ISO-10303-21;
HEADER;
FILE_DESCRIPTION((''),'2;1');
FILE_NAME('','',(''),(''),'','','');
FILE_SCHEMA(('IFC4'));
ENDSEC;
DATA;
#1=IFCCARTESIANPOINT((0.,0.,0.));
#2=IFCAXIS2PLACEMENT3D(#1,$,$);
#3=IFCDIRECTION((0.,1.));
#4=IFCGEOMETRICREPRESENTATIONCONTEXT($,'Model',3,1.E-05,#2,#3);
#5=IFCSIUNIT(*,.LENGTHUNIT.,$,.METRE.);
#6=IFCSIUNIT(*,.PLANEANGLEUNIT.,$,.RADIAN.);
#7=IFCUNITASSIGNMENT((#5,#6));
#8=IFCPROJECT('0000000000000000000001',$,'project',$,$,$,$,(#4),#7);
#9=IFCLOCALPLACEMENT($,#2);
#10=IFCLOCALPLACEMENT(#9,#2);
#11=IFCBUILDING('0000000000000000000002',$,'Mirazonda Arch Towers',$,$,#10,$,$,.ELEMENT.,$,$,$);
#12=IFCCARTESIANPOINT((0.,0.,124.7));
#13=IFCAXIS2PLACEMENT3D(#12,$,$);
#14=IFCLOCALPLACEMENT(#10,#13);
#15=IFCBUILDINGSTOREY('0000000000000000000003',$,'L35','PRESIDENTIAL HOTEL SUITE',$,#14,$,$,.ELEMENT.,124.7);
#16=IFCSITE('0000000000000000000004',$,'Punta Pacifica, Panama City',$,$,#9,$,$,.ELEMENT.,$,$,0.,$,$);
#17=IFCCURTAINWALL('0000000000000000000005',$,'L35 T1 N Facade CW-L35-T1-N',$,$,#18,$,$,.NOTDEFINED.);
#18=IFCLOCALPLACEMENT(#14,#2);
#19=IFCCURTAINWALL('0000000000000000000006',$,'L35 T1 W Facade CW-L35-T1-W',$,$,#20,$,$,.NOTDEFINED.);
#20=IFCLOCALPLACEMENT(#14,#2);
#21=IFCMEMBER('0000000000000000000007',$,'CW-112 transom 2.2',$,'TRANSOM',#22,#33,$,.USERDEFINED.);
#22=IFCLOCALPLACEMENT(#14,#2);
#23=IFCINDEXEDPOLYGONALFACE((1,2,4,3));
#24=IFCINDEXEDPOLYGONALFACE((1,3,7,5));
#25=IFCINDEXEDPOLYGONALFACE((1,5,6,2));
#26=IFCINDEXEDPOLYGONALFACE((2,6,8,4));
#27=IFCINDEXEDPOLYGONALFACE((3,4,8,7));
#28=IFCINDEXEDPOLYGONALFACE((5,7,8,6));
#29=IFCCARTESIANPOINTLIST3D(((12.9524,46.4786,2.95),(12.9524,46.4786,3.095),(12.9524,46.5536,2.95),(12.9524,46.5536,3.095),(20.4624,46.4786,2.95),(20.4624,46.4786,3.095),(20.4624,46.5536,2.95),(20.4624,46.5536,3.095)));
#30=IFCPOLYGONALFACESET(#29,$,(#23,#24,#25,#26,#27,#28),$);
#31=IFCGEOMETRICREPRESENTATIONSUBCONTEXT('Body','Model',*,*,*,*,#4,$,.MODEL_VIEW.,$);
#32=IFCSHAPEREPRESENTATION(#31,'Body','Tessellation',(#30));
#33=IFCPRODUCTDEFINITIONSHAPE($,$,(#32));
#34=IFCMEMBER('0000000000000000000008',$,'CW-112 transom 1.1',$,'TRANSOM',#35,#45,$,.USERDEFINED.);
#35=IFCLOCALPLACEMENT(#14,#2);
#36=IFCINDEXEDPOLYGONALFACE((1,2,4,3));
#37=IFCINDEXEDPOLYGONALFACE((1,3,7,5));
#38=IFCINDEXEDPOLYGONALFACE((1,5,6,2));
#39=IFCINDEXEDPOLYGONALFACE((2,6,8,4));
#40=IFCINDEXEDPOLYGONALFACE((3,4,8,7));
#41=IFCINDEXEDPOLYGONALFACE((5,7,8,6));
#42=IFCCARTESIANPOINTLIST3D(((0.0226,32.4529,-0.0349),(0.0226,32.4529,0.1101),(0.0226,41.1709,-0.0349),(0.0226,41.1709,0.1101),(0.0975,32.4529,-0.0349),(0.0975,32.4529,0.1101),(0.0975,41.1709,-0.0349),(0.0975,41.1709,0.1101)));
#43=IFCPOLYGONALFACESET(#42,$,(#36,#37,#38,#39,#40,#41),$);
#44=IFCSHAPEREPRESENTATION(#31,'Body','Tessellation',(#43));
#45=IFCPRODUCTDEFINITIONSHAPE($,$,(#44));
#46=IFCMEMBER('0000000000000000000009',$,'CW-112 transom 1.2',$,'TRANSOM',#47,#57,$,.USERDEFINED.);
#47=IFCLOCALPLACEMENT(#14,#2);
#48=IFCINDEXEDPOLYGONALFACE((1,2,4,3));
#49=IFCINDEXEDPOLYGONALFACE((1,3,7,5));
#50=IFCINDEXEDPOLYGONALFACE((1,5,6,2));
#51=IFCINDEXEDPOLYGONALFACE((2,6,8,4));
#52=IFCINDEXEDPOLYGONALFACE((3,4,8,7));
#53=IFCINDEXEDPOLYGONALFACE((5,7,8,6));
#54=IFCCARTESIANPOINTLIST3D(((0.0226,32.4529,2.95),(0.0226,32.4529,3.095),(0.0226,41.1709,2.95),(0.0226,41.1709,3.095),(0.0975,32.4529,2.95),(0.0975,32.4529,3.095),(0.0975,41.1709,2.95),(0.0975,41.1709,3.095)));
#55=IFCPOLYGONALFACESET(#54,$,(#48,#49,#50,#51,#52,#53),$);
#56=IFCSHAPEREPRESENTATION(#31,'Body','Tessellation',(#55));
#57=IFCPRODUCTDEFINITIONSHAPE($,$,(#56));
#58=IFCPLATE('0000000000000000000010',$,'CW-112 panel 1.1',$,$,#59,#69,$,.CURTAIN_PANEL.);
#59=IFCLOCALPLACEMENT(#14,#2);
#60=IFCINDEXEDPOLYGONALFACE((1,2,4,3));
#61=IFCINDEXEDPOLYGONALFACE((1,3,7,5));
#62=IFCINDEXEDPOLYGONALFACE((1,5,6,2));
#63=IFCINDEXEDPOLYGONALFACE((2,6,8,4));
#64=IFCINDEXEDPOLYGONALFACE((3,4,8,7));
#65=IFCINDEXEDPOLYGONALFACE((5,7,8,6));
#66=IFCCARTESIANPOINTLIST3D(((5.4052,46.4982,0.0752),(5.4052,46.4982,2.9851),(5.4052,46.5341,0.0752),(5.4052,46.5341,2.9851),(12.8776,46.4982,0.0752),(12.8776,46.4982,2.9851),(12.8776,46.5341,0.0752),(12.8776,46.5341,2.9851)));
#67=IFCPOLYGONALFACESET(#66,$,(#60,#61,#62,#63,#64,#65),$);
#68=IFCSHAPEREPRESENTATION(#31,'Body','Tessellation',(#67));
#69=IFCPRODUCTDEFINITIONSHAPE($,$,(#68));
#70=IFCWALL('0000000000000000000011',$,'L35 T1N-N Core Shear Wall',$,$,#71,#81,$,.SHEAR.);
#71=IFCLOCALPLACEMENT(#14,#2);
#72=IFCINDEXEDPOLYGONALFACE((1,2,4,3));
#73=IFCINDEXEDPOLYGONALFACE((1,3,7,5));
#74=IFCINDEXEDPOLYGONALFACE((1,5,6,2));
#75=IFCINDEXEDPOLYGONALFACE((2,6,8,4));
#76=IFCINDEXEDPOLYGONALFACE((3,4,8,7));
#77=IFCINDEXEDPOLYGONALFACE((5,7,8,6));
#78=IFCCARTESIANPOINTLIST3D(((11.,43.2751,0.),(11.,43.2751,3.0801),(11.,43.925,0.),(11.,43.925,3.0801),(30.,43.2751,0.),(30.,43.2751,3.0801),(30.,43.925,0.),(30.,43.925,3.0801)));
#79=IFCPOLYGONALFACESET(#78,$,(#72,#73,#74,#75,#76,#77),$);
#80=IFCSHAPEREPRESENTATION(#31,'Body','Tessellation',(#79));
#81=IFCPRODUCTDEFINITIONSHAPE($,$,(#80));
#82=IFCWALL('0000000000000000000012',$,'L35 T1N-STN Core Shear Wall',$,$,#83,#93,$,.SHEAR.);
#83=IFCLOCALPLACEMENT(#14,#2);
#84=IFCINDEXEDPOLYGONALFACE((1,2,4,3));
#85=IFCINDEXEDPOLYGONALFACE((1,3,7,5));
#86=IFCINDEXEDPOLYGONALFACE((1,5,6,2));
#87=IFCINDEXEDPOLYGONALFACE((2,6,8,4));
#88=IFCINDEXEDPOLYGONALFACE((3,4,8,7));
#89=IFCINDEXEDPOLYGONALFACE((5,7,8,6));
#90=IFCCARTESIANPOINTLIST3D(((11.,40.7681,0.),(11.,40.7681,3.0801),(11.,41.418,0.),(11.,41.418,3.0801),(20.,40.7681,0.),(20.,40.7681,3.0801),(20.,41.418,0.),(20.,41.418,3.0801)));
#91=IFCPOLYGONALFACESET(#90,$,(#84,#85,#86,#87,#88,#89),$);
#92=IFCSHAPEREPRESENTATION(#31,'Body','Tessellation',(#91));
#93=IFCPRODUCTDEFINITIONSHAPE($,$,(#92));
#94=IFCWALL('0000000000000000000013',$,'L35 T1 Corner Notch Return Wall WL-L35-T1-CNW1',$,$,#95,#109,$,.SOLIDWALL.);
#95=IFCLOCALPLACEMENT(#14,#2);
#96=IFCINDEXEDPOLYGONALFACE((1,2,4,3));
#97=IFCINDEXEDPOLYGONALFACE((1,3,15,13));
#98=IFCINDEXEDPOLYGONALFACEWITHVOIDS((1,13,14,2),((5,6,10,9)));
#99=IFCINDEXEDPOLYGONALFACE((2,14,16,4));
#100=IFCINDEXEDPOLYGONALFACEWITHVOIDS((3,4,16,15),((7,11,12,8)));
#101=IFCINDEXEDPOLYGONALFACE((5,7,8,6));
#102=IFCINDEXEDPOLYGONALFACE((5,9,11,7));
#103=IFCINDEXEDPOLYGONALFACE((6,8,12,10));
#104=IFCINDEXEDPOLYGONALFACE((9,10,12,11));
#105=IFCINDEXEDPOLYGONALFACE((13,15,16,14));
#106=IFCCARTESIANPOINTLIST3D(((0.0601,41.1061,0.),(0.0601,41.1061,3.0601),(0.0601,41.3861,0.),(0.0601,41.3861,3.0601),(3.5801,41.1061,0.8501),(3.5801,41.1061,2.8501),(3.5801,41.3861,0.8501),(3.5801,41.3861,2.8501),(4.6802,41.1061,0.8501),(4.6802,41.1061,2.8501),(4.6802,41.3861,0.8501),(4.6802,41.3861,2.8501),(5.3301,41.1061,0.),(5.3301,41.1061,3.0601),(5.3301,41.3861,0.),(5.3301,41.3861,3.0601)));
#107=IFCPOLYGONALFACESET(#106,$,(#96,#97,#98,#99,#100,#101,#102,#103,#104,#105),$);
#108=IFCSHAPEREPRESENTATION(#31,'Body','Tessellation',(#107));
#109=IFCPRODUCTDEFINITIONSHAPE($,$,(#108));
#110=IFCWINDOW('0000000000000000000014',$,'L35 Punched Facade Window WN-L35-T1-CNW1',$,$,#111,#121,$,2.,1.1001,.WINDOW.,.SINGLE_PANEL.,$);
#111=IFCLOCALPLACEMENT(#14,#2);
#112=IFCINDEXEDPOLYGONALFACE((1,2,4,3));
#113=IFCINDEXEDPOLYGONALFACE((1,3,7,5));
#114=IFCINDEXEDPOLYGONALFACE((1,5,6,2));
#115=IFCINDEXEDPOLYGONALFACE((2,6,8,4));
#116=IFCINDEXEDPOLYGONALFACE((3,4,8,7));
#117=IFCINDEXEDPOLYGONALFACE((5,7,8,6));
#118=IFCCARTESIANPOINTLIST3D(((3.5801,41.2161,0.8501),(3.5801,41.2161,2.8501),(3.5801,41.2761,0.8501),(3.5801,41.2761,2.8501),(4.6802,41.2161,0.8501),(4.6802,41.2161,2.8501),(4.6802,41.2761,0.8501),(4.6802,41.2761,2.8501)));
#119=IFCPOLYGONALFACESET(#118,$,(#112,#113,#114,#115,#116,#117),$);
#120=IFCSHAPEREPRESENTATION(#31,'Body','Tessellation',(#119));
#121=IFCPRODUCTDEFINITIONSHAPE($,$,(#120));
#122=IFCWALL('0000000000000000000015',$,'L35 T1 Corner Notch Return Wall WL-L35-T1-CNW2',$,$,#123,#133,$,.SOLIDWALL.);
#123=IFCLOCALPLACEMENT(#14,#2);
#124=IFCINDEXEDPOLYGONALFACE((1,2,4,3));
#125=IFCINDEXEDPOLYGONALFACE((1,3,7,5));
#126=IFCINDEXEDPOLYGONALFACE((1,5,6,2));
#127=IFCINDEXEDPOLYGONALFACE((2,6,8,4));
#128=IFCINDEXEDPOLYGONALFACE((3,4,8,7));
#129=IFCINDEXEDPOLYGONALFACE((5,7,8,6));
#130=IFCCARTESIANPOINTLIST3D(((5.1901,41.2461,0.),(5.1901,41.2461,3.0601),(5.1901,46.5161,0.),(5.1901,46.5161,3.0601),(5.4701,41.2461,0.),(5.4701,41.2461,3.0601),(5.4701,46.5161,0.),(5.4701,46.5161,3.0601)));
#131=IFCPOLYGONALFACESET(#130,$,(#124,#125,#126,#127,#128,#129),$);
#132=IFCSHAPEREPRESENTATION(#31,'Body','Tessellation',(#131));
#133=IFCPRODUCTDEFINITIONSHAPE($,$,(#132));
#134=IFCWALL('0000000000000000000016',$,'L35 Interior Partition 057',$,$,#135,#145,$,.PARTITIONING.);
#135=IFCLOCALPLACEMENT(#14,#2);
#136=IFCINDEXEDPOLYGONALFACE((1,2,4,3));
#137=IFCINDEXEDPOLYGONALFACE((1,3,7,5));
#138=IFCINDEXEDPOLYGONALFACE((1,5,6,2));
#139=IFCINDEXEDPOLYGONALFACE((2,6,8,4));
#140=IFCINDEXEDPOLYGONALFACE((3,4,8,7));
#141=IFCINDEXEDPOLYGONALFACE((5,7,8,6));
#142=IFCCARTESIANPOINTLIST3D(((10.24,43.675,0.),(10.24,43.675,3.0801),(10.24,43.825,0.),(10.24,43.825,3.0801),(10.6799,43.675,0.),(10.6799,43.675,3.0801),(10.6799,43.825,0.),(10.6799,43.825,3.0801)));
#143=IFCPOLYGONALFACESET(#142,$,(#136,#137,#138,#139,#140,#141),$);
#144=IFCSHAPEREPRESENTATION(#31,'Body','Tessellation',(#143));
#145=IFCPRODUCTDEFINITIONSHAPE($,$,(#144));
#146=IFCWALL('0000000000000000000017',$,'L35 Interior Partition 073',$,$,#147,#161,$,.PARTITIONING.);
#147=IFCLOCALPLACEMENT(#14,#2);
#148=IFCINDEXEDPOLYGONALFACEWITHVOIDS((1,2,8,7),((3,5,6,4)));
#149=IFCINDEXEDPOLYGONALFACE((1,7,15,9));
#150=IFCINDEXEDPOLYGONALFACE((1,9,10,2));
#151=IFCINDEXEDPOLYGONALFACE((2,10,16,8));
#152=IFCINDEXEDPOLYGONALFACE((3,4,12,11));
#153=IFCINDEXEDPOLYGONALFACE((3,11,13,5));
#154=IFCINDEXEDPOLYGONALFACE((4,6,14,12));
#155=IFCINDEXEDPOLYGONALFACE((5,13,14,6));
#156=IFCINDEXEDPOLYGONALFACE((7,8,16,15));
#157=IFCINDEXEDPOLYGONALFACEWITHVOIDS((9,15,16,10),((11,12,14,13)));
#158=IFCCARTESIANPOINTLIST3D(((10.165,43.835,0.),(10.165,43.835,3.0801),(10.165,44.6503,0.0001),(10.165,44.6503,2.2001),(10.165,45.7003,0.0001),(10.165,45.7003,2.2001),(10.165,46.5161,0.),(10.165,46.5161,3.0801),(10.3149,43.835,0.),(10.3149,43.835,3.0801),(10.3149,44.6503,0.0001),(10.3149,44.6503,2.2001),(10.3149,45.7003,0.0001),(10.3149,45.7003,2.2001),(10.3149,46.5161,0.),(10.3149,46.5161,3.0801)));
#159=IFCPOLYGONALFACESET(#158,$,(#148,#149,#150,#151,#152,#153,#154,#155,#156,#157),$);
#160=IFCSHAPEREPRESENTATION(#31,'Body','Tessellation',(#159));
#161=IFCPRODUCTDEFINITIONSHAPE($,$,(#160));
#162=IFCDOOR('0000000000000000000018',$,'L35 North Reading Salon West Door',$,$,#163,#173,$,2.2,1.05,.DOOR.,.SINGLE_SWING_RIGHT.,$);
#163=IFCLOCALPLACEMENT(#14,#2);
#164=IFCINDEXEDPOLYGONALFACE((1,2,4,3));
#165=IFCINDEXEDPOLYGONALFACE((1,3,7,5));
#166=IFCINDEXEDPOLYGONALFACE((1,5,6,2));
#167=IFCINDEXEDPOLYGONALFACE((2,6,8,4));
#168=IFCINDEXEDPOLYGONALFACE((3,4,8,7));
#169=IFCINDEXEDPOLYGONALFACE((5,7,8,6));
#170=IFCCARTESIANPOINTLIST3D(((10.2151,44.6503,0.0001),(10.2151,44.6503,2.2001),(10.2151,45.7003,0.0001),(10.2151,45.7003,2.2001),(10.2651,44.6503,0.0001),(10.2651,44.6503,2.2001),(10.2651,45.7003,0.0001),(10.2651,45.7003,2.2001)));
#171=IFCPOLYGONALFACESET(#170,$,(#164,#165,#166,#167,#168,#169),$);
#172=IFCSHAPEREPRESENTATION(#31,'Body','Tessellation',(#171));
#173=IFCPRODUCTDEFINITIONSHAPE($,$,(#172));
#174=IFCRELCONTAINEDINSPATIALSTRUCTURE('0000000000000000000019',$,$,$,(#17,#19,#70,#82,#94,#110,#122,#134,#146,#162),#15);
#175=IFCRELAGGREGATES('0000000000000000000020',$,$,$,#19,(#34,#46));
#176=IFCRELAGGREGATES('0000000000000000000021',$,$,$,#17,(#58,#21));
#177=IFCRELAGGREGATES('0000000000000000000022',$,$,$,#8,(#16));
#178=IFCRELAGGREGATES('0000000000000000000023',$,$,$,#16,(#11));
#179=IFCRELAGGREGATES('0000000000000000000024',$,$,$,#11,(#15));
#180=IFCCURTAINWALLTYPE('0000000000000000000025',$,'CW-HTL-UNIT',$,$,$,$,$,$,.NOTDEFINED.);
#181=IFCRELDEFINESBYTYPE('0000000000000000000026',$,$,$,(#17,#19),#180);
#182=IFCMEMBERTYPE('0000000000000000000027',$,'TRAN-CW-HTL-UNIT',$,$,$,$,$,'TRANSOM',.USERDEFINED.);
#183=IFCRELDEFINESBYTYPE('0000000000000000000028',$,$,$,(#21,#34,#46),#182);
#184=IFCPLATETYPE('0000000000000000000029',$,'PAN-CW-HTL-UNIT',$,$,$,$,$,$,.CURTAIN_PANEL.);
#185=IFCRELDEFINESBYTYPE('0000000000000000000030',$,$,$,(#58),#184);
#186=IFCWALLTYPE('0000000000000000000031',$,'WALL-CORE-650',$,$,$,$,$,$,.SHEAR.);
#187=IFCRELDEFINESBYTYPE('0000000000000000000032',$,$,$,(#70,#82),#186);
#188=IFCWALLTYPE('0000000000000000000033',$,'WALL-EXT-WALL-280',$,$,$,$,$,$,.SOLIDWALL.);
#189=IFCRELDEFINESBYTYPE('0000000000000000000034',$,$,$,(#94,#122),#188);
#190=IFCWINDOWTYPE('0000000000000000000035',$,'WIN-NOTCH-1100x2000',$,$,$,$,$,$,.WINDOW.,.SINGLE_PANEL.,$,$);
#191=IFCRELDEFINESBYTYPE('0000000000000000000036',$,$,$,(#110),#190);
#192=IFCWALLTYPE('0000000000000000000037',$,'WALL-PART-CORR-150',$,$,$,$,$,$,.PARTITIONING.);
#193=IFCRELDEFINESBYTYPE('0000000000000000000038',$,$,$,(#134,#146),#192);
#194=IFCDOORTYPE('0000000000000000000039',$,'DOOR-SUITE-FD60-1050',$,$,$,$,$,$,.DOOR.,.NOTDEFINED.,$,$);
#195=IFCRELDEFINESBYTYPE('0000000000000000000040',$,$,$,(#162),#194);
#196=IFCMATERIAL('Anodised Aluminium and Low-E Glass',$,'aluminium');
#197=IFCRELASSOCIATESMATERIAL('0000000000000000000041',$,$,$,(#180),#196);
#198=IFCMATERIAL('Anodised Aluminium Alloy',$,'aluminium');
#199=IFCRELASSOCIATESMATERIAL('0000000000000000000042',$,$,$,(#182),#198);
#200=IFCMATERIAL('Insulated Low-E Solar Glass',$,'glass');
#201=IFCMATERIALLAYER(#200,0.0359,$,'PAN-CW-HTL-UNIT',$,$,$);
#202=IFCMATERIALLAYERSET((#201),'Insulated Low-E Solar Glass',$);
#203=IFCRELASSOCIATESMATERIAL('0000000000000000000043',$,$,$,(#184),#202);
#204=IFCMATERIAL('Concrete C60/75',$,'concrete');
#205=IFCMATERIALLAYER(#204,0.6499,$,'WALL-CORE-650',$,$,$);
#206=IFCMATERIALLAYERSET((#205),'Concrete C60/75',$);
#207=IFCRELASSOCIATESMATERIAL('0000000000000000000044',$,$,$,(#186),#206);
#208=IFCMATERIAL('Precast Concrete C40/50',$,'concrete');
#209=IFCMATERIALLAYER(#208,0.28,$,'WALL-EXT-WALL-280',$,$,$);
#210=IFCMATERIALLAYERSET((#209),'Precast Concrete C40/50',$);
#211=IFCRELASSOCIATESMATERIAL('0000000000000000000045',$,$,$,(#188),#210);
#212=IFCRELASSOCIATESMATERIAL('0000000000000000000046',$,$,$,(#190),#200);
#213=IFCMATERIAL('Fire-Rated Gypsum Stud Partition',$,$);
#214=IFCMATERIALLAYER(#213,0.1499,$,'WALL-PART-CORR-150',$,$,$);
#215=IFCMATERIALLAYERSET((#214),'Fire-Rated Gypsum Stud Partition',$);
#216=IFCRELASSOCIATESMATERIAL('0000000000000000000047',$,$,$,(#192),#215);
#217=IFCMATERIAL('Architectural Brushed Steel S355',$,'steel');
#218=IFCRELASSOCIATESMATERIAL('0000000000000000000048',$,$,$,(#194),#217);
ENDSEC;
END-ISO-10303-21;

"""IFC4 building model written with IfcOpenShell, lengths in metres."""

from ifc_helpers import new_model, si_unit, direction, frame, frame_2d, origin, origin_2d, place, context, subcontext, project, spatial, rectangle, extrude, material, layer, layer_set, material_profile, profile_set, type_object, element, fill, aggregate, save


model = new_model("IFC4")

# Units and contexts
model_context = context("Model", 3, precision=1e-05, world=origin(), true_north=direction((0.0, 1.0)))
body_context = subcontext(model_context, "Body", "Model", "MODEL_VIEW")
ifc_project = project(units=[si_unit("LENGTHUNIT", "METRE"), si_unit("PLANEANGLEUNIT", "RADIAN")], contexts=[model_context])

# Site, building, storey
site_placement = place(None, origin())
site = spatial("IfcSite", under=ifc_project, at=site_placement, Name="Punta Pacifica, Panama City", CompositionType="ELEMENT", RefElevation=0.0)
building_placement = place(site_placement, origin())
building = spatial("IfcBuilding", under=site, at=building_placement, Name="Mirazonda Arch Towers", CompositionType="ELEMENT")
storey_placement = place(building_placement, frame((0.0, 0.0, 124.7)))
storey = spatial("IfcBuildingStorey", under=building, at=storey_placement, Name="L35", Description="PRESIDENTIAL HOTEL SUITE", CompositionType="ELEMENT", Elevation=124.7)

# Curtain wall
ifc_material_1 = material(Name="Anodised Aluminium and Low-E Glass", Category="aluminium")
curtain_wall_type = type_object("IfcCurtainWallType", Name="CW-HTL-UNIT", PredefinedType="NOTDEFINED", material=ifc_material_1)
curtain_wall_1_placement = place(storey_placement, origin())
curtain_wall_1 = element("IfcCurtainWall", 1, at=curtain_wall_1_placement, inside=storey, type_object=curtain_wall_type, Name="L35 T1 N Facade CW-L35-T1-N", PredefinedType="NOTDEFINED")
ifc_material_2 = material(Name="Anodised Aluminium Alloy", Category="aluminium")

# Curtain wall
curtain_wall_2_placement = place(storey_placement, origin())
curtain_wall_2 = element("IfcCurtainWall", 2, at=curtain_wall_2_placement, inside=storey, type_object=curtain_wall_type, Name="L35 T1 W Facade CW-L35-T1-W", PredefinedType="NOTDEFINED")

# Members
ifc_material_profile_1 = material_profile(ifc_material_2, rectangle(XDim=0.075, YDim=0.145, at=origin_2d()), Name="ALU-TRAN-75x145")
ifc_profile_set_1 = profile_set([ifc_material_profile_1], Name="Anodised Aluminium Alloy")
member_type_1 = type_object("IfcMemberType", Name="TRAN-CW-HTL-UNIT", ElementType="TRANSOM", PredefinedType="USERDEFINED", material=ifc_profile_set_1)
member_1_placement = place(storey_placement, frame((12.9524, 46.5161, 3.0225), z_axis=(1.0, 0.0, 0.0), x_axis=(0.0, 1.0, 0.0)))
member_1 = element("IfcMember", 3, at=member_1_placement, type_object=member_type_1, Name="CW-112 transom 2.2", ObjectType="TRANSOM", PredefinedType="USERDEFINED", context=body_context, shape_type="SweptSolid", body=[
    extrude(rectangle(XDim=0.075, YDim=0.145, at=origin_2d()), origin(), (0.0, 0.0, 1.0), 7.51),
])
member_2_placement = place(storey_placement, frame((0.0601, 41.1709, 0.0376), z_axis=(0.0, -1.0, 0.0), x_axis=(1.0, 0.0, 0.0)))
member_2 = element("IfcMember", 4, at=member_2_placement, type_object=member_type_1, Name="CW-112 transom 1.1", ObjectType="TRANSOM", PredefinedType="USERDEFINED", context=body_context, shape_type="SweptSolid", body=[
    extrude(rectangle(XDim=0.075, YDim=0.145, at=origin_2d()), origin(), (0.0, 0.0, 1.0), 8.718),
])
member_3_placement = place(storey_placement, frame((0.0601, 41.1709, 3.0225), z_axis=(0.0, -1.0, 0.0), x_axis=(1.0, 0.0, 0.0)))
member_3 = element("IfcMember", 5, at=member_3_placement, type_object=member_type_1, Name="CW-112 transom 1.2", ObjectType="TRANSOM", PredefinedType="USERDEFINED", context=body_context, shape_type="SweptSolid", body=[
    extrude(rectangle(XDim=0.075, YDim=0.145, at=origin_2d()), origin(), (0.0, 0.0, 1.0), 8.718),
])
aggregate(curtain_wall_2, [member_2, member_3])

# Plate
ifc_material_3 = material(Name="Insulated Low-E Solar Glass", Category="glass")
ifc_layer_1 = layer(ifc_material_3, 0.0359, Name="PAN-CW-HTL-UNIT")
ifc_layer_set_1 = layer_set([ifc_layer_1], Name="Insulated Low-E Solar Glass")
plate_type = type_object("IfcPlateType", Name="PAN-CW-HTL-UNIT", PredefinedType="CURTAIN_PANEL", material=ifc_layer_set_1)
plate_placement = place(storey_placement, frame((9.1414, 46.5161, 0.0752), z_axis=(0.0, 0.0, 1.0), x_axis=(1.0, 0.0, 0.0)))
plate = element("IfcPlate", 6, at=plate_placement, type_object=plate_type, Name="CW-112 panel 1.1", PredefinedType="CURTAIN_PANEL", context=body_context, shape_type="SweptSolid", body=[
    extrude(rectangle(XDim=7.4724, YDim=0.0359, at=origin_2d()), origin(), (0.0, 0.0, 1.0), 2.9099),
])
aggregate(curtain_wall_1, [plate, member_1])

# Walls
ifc_material_4 = material(Name="Concrete C60/75", Category="concrete")
ifc_layer_2 = layer(ifc_material_4, 0.6499, Name="WALL-CORE-650")
ifc_layer_set_2 = layer_set([ifc_layer_2], Name="Concrete C60/75")
wall_type_1 = type_object("IfcWallType", Name="WALL-CORE-650", PredefinedType="SHEAR", material=ifc_layer_set_2)
wall_1_placement = place(storey_placement, frame((11.0, 43.6001, 0.0), z_axis=(0.0, 0.0, 1.0), x_axis=(1.0, 0.0, 0.0)))
element("IfcWall", 7, at=wall_1_placement, inside=storey, type_object=wall_type_1, Name="L35 T1N-N Core Shear Wall", PredefinedType="SHEAR", context=body_context, shape_type="SweptSolid", body=[
    extrude(rectangle(XDim=19.0, YDim=0.6499, at=frame_2d((9.5, 0.0))), origin(), (0.0, 0.0, 1.0), 3.0801),
])
wall_2_placement = place(storey_placement, frame((11.0, 41.093, 0.0), z_axis=(0.0, 0.0, 1.0), x_axis=(1.0, 0.0, 0.0)))
element("IfcWall", 8, at=wall_2_placement, inside=storey, type_object=wall_type_1, Name="L35 T1N-STN Core Shear Wall", PredefinedType="SHEAR", context=body_context, shape_type="SweptSolid", body=[
    extrude(rectangle(XDim=9.0, YDim=0.6499, at=frame_2d((4.5, 0.0))), origin(), (0.0, 0.0, 1.0), 3.0801),
])

# Wall, opening, window
ifc_material_5 = material(Name="Precast Concrete C40/50", Category="concrete")
ifc_layer_3 = layer(ifc_material_5, 0.28, Name="WALL-EXT-WALL-280")
ifc_layer_set_3 = layer_set([ifc_layer_3], Name="Precast Concrete C40/50")
wall_type_2 = type_object("IfcWallType", Name="WALL-EXT-WALL-280", PredefinedType="SOLIDWALL", material=ifc_layer_set_3)
wall_3_placement = place(storey_placement, frame((5.3301, 41.2461, 0.0), z_axis=(0.0, 0.0, 1.0), x_axis=(-1.0, 0.0, 0.0)))
wall_3 = element("IfcWall", 9, at=wall_3_placement, inside=storey, type_object=wall_type_2, Name="L35 T1 Corner Notch Return Wall WL-L35-T1-CNW1", PredefinedType="SOLIDWALL", context=body_context, shape_type="SweptSolid", body=[
    extrude(rectangle(XDim=5.27, YDim=0.28, at=frame_2d((2.635, 0.0))), origin(), (0.0, 0.0, 1.0), 3.0601),
])
opening_1_placement = place(wall_3_placement, frame((0.6499, 0.0, 0.8501)))
opening_1 = element("IfcOpeningElement", 10, at=opening_1_placement, cuts=wall_3, PredefinedType="OPENING", context=body_context, shape_type="SweptSolid", body=[
    extrude(rectangle(XDim=1.1001, YDim=2.0, at=frame_2d((0.55, 1.0))), frame((0.0, 0.1499, 0.0), z_axis=(0.0, -1.0, 0.0), x_axis=(1.0, 0.0, 0.0)), (0.0, 0.0, 1.0), 0.3),
])
window_type = type_object("IfcWindowType", Name="WIN-NOTCH-1100x2000", PartitioningType="SINGLE_PANEL", PredefinedType="WINDOW", material=ifc_material_3)
window_placement = place(opening_1_placement, origin())
window = element("IfcWindow", 11, at=window_placement, inside=storey, type_object=window_type, Name="L35 Punched Facade Window WN-L35-T1-CNW1", OverallHeight=2.0, OverallWidth=1.1001, PartitioningType="SINGLE_PANEL", PredefinedType="WINDOW", context=body_context, shape_type="SweptSolid", body=[
    extrude(rectangle(XDim=1.1001, YDim=2.0, at=frame_2d((0.55, 1.0))), frame((0.0, 0.03, 0.0), z_axis=(0.0, -1.0, 0.0), x_axis=(1.0, 0.0, 0.0)), (0.0, 0.0, 1.0), 0.0601),
])
fill(opening_1, window)

# Walls
wall_4_placement = place(storey_placement, frame((5.3301, 46.5161, 0.0), z_axis=(0.0, 0.0, 1.0), x_axis=(0.0, -1.0, 0.0)))
element("IfcWall", 12, at=wall_4_placement, inside=storey, type_object=wall_type_2, Name="L35 T1 Corner Notch Return Wall WL-L35-T1-CNW2", PredefinedType="SOLIDWALL", context=body_context, shape_type="SweptSolid", body=[
    extrude(rectangle(XDim=5.27, YDim=0.28, at=frame_2d((2.635, 0.0))), origin(), (0.0, 0.0, 1.0), 3.0601),
])
ifc_material_6 = material(Name="Fire-Rated Gypsum Stud Partition")
ifc_layer_4 = layer(ifc_material_6, 0.1499, Name="WALL-PART-CORR-150")
ifc_layer_set_4 = layer_set([ifc_layer_4], Name="Fire-Rated Gypsum Stud Partition")
wall_type_3 = type_object("IfcWallType", Name="WALL-PART-CORR-150", PredefinedType="PARTITIONING", material=ifc_layer_set_4)
wall_5_placement = place(storey_placement, frame((10.24, 43.75, 0.0), z_axis=(0.0, 0.0, 1.0), x_axis=(1.0, 0.0, 0.0)))
element("IfcWall", 13, at=wall_5_placement, inside=storey, type_object=wall_type_3, Name="L35 Interior Partition 057", PredefinedType="PARTITIONING", context=body_context, shape_type="SweptSolid", body=[
    extrude(rectangle(XDim=0.4399, YDim=0.1499, at=frame_2d((0.22, 0.0))), origin(), (0.0, 0.0, 1.0), 3.0801),
])

# Wall, opening, door
wall_6_placement = place(storey_placement, frame((10.24, 43.835, 0.0), z_axis=(0.0, 0.0, 1.0), x_axis=(0.0, 1.0, 0.0)))
wall_6 = element("IfcWall", 14, at=wall_6_placement, inside=storey, type_object=wall_type_3, Name="L35 Interior Partition 073", PredefinedType="PARTITIONING", context=body_context, shape_type="SweptSolid", body=[
    extrude(rectangle(XDim=2.6812, YDim=0.1499, at=frame_2d((1.3406, 0.0))), origin(), (0.0, 0.0, 1.0), 3.0801),
])
opening_2_placement = place(wall_6_placement, frame((0.8154, 0.0, 0.0)))
opening_2 = element("IfcOpeningElement", 15, at=opening_2_placement, cuts=wall_6, PredefinedType="OPENING", context=body_context, shape_type="SweptSolid", body=[
    extrude(rectangle(XDim=1.05, YDim=2.2, at=frame_2d((0.5249, 1.1001))), frame((0.0, 0.085, 0.0), z_axis=(0.0, -1.0, 0.0), x_axis=(1.0, 0.0, 0.0)), (0.0, 0.0, 1.0), 0.1699),
])
ifc_material_7 = material(Name="Architectural Brushed Steel S355", Category="steel")
door_type_1 = type_object("IfcDoorType", Name="DOOR-SUITE-FD60-1050", OperationType="NOTDEFINED", PredefinedType="DOOR", material=ifc_material_7)
door_1_placement = place(opening_2_placement, origin())
door_1 = element("IfcDoor", 16, at=door_1_placement, inside=storey, type_object=door_type_1, Name="L35 North Reading Salon West Door", OperationType="SINGLE_SWING_RIGHT", OverallHeight=2.2, OverallWidth=1.05, PredefinedType="DOOR", context=body_context, shape_type="SweptSolid", body=[
    extrude(rectangle(XDim=1.05, YDim=2.2, at=frame_2d((0.5249, 1.1001))), frame((0.0, 0.0249, 0.0), z_axis=(0.0, -1.0, 0.0), x_axis=(1.0, 0.0, 0.0)), (0.0, 0.0, 1.0), 0.05),
])
fill(opening_2, door_1)

save(model, "model.ifc")
